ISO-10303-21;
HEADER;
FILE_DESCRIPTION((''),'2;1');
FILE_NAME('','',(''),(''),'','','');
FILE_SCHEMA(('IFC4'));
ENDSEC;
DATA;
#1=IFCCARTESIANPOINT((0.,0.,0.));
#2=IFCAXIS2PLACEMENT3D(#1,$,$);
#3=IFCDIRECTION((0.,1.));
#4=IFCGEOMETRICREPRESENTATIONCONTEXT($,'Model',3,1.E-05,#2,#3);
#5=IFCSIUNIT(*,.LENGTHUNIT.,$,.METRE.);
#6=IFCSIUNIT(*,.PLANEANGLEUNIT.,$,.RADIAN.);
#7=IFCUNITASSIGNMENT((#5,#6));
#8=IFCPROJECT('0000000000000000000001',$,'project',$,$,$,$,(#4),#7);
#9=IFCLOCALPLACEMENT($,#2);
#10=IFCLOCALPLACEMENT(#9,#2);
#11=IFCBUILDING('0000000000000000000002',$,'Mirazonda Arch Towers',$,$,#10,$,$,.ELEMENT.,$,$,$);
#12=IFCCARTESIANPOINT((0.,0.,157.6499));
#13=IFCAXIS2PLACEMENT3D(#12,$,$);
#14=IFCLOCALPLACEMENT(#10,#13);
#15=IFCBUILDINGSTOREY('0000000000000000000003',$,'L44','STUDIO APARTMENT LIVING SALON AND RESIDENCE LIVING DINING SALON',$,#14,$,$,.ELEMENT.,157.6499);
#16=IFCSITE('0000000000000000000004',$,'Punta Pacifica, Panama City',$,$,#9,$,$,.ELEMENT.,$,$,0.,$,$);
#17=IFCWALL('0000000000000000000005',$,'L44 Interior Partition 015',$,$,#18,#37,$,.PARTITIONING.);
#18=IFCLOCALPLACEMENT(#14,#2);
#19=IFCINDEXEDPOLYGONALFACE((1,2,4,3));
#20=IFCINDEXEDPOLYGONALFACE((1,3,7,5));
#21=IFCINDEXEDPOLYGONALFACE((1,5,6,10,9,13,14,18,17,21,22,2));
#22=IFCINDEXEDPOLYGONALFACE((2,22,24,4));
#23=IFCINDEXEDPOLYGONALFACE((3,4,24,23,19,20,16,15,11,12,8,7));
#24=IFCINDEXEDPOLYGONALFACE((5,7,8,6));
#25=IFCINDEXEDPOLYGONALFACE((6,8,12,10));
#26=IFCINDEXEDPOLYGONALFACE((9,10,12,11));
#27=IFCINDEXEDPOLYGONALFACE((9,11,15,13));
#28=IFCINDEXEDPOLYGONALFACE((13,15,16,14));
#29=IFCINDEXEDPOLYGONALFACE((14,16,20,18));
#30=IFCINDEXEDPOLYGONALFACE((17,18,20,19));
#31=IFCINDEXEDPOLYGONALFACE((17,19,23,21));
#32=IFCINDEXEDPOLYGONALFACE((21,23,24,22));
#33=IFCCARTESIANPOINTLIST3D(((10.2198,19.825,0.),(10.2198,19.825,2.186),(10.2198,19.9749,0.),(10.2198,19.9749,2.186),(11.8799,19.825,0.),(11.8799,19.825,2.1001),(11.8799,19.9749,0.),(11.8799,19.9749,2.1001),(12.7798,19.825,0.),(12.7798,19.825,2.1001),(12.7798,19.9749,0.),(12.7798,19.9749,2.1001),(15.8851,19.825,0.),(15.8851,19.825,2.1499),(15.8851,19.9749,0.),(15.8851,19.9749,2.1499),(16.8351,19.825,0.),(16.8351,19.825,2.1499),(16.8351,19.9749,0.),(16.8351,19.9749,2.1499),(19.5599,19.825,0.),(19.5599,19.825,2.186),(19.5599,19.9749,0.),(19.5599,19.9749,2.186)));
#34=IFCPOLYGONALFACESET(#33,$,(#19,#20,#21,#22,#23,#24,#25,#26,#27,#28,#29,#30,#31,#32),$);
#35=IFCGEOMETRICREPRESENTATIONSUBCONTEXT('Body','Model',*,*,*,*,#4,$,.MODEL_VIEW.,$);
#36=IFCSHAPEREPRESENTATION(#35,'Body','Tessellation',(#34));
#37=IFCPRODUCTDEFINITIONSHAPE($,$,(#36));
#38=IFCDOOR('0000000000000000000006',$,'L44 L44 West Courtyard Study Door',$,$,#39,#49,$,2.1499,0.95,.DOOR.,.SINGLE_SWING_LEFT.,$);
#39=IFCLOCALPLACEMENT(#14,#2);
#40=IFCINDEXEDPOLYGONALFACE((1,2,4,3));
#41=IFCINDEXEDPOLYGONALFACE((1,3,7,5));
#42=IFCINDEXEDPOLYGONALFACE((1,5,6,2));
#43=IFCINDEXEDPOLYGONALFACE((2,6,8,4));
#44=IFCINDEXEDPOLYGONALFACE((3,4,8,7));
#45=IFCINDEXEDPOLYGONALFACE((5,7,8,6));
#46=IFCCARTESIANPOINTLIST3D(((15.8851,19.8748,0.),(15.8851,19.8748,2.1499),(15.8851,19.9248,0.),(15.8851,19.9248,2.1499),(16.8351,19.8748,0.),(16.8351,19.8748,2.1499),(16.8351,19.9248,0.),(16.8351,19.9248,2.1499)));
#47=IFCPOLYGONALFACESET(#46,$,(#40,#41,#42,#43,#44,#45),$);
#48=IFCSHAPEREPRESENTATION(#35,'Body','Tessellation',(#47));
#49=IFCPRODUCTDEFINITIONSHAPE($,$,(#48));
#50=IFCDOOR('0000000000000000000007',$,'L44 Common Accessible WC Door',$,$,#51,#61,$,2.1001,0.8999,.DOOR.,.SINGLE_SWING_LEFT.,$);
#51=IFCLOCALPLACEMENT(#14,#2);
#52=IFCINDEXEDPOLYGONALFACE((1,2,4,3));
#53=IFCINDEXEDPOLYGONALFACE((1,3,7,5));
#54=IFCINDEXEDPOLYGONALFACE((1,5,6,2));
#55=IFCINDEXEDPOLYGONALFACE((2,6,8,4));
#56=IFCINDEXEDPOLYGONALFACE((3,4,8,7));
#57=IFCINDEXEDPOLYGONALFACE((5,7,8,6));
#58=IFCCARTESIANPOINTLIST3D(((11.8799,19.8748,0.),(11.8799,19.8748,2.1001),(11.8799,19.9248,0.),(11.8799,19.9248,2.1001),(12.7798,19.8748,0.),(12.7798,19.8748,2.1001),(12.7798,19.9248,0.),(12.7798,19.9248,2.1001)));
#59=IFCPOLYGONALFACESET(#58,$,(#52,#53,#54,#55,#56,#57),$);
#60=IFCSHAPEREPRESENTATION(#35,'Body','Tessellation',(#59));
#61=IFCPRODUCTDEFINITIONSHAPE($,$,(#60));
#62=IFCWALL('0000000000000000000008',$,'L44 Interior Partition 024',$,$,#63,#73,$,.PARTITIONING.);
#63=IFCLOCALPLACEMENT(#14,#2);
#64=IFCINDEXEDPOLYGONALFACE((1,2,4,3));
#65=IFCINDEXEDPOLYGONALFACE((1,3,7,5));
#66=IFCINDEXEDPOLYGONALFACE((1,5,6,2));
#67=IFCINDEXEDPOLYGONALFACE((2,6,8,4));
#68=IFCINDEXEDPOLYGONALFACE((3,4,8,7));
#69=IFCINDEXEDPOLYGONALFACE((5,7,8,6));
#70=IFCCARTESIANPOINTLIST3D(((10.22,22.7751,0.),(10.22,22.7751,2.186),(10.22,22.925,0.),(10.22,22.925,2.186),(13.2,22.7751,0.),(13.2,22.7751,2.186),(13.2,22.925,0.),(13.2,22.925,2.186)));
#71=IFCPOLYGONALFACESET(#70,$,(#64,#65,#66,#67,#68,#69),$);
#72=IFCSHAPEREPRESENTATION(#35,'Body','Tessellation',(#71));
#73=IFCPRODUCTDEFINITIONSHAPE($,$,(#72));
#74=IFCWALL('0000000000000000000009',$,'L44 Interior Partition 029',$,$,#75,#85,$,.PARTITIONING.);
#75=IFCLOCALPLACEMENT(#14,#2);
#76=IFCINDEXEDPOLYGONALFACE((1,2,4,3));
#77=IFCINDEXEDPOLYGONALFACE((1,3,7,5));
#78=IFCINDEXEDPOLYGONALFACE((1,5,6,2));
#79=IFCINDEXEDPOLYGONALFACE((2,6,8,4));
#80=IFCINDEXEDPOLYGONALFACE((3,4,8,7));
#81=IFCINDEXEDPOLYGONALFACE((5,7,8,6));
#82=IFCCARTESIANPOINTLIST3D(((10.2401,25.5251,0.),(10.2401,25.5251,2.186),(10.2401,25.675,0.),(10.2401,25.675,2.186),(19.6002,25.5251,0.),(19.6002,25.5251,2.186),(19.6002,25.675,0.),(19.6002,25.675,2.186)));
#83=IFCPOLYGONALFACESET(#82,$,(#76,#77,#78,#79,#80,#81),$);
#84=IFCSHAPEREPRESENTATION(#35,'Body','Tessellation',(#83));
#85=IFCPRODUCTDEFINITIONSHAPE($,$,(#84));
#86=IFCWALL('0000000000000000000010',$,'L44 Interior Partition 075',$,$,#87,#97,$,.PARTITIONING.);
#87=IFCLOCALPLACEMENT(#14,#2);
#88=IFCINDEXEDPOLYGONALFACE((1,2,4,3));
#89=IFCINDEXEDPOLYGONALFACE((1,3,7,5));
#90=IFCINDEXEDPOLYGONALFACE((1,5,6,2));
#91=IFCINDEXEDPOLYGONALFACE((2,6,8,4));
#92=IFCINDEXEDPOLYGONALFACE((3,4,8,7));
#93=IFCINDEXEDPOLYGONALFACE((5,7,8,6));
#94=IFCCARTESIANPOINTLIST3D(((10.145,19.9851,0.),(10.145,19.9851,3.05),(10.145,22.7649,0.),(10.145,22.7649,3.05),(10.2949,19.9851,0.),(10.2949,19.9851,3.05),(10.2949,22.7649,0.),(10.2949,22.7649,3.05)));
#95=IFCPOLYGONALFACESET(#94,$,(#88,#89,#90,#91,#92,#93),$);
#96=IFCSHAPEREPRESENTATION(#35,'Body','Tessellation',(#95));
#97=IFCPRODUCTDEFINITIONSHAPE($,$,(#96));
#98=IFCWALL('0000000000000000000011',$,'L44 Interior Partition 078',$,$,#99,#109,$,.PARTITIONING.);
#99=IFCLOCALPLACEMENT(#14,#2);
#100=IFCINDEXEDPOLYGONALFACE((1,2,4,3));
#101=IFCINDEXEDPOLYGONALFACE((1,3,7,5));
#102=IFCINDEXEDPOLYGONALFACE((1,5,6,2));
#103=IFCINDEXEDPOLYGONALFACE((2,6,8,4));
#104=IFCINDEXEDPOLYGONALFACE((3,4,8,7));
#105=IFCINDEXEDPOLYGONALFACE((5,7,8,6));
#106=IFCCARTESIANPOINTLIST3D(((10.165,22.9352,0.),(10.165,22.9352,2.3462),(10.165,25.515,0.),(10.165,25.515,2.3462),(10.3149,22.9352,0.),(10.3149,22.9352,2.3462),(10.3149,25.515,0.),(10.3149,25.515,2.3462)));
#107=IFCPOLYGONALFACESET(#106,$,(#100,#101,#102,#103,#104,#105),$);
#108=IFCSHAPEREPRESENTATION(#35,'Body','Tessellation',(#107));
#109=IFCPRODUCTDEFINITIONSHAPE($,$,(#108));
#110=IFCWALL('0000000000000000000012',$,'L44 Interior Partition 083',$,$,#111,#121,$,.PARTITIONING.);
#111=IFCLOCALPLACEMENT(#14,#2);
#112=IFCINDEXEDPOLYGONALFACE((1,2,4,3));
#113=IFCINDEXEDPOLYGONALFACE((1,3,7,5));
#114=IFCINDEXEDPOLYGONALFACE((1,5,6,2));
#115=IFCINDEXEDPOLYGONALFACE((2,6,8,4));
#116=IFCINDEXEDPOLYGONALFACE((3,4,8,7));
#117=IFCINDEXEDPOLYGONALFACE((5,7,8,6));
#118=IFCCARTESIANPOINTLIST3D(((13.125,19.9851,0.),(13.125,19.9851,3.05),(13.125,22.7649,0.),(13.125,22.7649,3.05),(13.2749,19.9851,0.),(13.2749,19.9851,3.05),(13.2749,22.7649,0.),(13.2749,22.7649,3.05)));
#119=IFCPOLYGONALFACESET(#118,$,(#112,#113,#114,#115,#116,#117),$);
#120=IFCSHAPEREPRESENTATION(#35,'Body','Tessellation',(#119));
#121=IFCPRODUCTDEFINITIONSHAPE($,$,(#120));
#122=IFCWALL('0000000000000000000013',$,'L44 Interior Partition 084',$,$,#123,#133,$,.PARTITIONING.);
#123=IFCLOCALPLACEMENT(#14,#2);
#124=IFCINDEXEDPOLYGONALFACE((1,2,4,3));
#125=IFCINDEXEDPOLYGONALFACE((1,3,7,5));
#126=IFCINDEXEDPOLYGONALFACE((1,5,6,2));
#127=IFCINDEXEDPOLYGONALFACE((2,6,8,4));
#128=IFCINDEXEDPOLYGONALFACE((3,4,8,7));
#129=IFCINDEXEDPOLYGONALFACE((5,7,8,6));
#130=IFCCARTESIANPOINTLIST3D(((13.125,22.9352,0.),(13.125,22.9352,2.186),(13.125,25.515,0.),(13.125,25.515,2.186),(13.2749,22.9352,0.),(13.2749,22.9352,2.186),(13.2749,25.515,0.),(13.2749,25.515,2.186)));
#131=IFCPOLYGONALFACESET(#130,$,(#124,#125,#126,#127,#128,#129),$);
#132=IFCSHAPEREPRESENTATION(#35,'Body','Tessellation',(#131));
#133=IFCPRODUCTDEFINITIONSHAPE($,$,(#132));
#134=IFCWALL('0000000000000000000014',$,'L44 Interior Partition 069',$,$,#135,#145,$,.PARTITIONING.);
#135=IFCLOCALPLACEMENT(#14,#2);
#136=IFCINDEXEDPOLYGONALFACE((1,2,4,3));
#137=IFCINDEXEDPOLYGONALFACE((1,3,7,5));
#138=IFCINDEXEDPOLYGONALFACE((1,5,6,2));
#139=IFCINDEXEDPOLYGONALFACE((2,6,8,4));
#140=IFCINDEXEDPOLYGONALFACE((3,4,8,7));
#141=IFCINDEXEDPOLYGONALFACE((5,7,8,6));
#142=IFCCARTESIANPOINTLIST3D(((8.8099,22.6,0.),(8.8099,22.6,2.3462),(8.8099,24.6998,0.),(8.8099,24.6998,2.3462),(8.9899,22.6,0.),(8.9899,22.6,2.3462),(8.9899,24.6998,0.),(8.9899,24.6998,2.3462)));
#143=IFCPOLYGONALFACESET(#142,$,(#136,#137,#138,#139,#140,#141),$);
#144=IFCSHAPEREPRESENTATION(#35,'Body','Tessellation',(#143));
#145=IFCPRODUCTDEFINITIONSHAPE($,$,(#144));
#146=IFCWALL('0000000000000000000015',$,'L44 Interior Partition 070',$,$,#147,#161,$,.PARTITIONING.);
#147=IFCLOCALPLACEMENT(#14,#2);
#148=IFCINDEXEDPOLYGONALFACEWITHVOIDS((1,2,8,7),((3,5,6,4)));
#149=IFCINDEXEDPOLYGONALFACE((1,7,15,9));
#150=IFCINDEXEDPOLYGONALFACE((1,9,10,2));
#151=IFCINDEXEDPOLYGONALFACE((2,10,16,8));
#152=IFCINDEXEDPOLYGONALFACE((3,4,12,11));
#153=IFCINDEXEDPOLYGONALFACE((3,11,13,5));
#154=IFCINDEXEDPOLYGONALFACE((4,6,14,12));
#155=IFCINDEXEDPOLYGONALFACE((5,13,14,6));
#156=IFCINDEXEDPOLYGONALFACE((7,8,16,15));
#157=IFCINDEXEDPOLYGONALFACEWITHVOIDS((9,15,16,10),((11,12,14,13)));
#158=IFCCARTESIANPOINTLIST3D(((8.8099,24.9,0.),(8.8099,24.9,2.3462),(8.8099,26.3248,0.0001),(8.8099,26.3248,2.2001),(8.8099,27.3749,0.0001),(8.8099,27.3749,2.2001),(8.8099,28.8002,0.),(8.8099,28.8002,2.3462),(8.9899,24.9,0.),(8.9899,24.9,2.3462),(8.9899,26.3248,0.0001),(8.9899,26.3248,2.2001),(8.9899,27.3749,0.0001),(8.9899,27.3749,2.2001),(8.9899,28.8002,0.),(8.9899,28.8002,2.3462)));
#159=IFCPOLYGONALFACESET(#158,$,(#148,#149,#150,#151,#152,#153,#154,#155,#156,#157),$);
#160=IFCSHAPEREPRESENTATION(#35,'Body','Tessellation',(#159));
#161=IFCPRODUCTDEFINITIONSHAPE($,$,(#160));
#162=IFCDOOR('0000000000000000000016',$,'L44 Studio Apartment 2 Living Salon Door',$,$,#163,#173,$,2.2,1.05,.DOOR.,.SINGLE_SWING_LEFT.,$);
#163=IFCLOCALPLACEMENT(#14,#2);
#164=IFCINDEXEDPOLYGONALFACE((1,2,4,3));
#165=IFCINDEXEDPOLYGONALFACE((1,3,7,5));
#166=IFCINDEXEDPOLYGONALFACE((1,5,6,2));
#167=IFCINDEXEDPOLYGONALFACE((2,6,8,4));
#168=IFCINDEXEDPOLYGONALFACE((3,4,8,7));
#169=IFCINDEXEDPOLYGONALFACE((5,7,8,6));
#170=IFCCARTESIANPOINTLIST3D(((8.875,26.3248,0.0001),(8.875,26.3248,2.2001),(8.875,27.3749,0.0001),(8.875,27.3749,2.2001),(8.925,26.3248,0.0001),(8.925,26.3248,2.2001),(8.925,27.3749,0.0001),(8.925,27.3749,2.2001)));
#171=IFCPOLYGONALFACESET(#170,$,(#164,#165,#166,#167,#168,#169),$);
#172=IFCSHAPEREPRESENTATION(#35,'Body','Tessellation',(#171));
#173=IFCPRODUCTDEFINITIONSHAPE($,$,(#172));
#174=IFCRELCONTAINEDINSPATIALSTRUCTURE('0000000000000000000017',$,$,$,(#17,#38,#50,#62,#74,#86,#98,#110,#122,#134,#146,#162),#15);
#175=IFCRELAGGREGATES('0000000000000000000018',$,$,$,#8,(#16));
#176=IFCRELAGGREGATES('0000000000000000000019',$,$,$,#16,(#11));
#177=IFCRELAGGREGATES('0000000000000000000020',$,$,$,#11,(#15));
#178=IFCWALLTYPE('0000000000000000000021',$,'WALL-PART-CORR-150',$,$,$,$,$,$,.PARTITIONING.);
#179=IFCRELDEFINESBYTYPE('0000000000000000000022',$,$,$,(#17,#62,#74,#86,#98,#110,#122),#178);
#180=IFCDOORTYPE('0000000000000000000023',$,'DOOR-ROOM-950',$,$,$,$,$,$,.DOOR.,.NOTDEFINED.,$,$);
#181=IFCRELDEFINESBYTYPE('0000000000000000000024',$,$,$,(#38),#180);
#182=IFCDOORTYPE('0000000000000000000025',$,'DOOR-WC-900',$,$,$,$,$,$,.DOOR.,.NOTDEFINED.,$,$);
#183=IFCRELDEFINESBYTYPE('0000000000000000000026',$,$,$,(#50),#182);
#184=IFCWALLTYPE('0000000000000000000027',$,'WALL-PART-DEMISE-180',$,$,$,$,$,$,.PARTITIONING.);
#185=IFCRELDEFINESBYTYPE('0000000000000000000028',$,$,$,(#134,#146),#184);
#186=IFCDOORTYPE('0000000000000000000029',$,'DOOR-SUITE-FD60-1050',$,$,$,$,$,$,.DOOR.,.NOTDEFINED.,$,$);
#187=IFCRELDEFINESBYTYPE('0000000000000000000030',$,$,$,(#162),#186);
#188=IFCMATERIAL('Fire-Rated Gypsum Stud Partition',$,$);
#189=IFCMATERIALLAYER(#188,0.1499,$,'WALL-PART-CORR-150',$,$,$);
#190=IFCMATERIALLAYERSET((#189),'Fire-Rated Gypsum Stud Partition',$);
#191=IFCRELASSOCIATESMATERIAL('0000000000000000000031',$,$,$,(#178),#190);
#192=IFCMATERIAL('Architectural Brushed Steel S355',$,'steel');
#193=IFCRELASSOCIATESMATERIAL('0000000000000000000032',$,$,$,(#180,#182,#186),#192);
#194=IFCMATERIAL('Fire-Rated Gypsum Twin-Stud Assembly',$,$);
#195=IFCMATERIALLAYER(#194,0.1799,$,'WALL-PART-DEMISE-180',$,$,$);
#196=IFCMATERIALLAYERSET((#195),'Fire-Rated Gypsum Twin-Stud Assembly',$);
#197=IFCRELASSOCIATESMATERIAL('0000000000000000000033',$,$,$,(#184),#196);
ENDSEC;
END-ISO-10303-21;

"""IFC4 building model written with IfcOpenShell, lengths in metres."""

from ifc_helpers import new_model, si_unit, direction, frame, frame_2d, origin, place, context, subcontext, project, spatial, rectangle, extrude, material, layer, layer_set, type_object, element, fill, save


model = new_model("IFC4")

# Units and contexts
model_context = context("Model", 3, precision=1e-05, world=origin(), true_north=direction((0.0, 1.0)))
body_context = subcontext(model_context, "Body", "Model", "MODEL_VIEW")
ifc_project = project(units=[si_unit("LENGTHUNIT", "METRE"), si_unit("PLANEANGLEUNIT", "RADIAN")], contexts=[model_context])

# Site, building, storey
site_placement = place(None, origin())
site = spatial("IfcSite", under=ifc_project, at=site_placement, Name="Punta Pacifica, Panama City", CompositionType="ELEMENT", RefElevation=0.0)
building_placement = place(site_placement, origin())
building = spatial("IfcBuilding", under=site, at=building_placement, Name="Mirazonda Arch Towers", CompositionType="ELEMENT")
storey_placement = place(building_placement, frame((0.0, 0.0, 157.6499)))
storey = spatial("IfcBuildingStorey", under=building, at=storey_placement, Name="L44", Description="STUDIO APARTMENT LIVING SALON AND RESIDENCE LIVING DINING SALON", CompositionType="ELEMENT", Elevation=157.6499)

# Shared definitions
ifc_material_1 = material(Name="Architectural Brushed Steel S355", Category="steel")

# Shared definitions
ifc_material_2 = material(Name="Fire-Rated Gypsum Stud Partition")
ifc_layer_1 = layer(ifc_material_2, 0.1499, Name="WALL-PART-CORR-150")
ifc_layer_set_1 = layer_set([ifc_layer_1], Name="Fire-Rated Gypsum Stud Partition")
wall_type_1 = type_object("IfcWallType", Name="WALL-PART-CORR-150", PredefinedType="PARTITIONING", material=ifc_layer_set_1)

# Wall, openings, doors
wall_1_placement = place(storey_placement, frame((10.22, 19.8999, 0.0), z_axis=(0.0, 0.0, 1.0), x_axis=(1.0, 0.0, 0.0)))
wall_1 = element("IfcWall", 1, at=wall_1_placement, inside=storey, type_object=wall_type_1, Name="L44 Interior Partition 015", PredefinedType="PARTITIONING", context=body_context, shape_type="SweptSolid", body=[
    extrude(rectangle(XDim=9.3401, YDim=0.1499, at=frame_2d((4.6699, 0.0))), origin(), (0.0, 0.0, 1.0), 2.186),
])
opening_1_placement = place(wall_1_placement, frame((1.6599, 0.0, 0.0)))
opening_1 = element("IfcOpeningElement", 2, at=opening_1_placement, cuts=wall_1, PredefinedType="OPENING", context=body_context, shape_type="SweptSolid", body=[
    extrude(rectangle(XDim=0.8999, YDim=2.1001, at=frame_2d((0.45, 1.05))), frame((0.0, 0.085, 0.0), z_axis=(0.0, -1.0, 0.0), x_axis=(1.0, 0.0, 0.0)), (0.0, 0.0, 1.0), 0.1699),
])
opening_2_placement = place(wall_1_placement, frame((5.665, 0.0, 0.0)))
opening_2 = element("IfcOpeningElement", 3, at=opening_2_placement, cuts=wall_1, PredefinedType="OPENING", context=body_context, shape_type="SweptSolid", body=[
    extrude(rectangle(XDim=0.95, YDim=2.1499, at=frame_2d((0.4751, 1.075))), frame((0.0, 0.085, 0.0), z_axis=(0.0, -1.0, 0.0), x_axis=(1.0, 0.0, 0.0)), (0.0, 0.0, 1.0), 0.1699),
])
door_type_1 = type_object("IfcDoorType", Name="DOOR-ROOM-950", OperationType="NOTDEFINED", PredefinedType="DOOR", material=ifc_material_1)
door_1_placement = place(opening_2_placement, origin())
door_1 = element("IfcDoor", 4, at=door_1_placement, inside=storey, type_object=door_type_1, Name="L44 L44 West Courtyard Study Door", OperationType="SINGLE_SWING_LEFT", OverallHeight=2.1499, OverallWidth=0.95, PredefinedType="DOOR", context=body_context, shape_type="SweptSolid", body=[
    extrude(rectangle(XDim=0.95, YDim=2.1499, at=frame_2d((0.4751, 1.075))), frame((0.0, 0.0249, 0.0), z_axis=(0.0, -1.0, 0.0), x_axis=(1.0, 0.0, 0.0)), (0.0, 0.0, 1.0), 0.05),
])
fill(opening_2, door_1)
door_type_2 = type_object("IfcDoorType", Name="DOOR-WC-900", OperationType="NOTDEFINED", PredefinedType="DOOR", material=ifc_material_1)
door_2_placement = place(opening_1_placement, origin())
door_2 = element("IfcDoor", 5, at=door_2_placement, inside=storey, type_object=door_type_2, Name="L44 Common Accessible WC Door", OperationType="SINGLE_SWING_LEFT", OverallHeight=2.1001, OverallWidth=0.8999, PredefinedType="DOOR", context=body_context, shape_type="SweptSolid", body=[
    extrude(rectangle(XDim=0.8999, YDim=2.1001, at=frame_2d((0.45, 1.05))), frame((0.0, 0.0249, 0.0), z_axis=(0.0, -1.0, 0.0), x_axis=(1.0, 0.0, 0.0)), (0.0, 0.0, 1.0), 0.05),
])
fill(opening_1, door_2)

# Walls
wall_2_placement = place(storey_placement, frame((10.22, 22.8501, 0.0), z_axis=(0.0, 0.0, 1.0), x_axis=(1.0, 0.0, 0.0)))
element("IfcWall", 6, at=wall_2_placement, inside=storey, type_object=wall_type_1, Name="L44 Interior Partition 024", PredefinedType="PARTITIONING", context=body_context, shape_type="SweptSolid", body=[
    extrude(rectangle(XDim=2.98, YDim=0.1499, at=frame_2d((1.49, 0.0))), origin(), (0.0, 0.0, 1.0), 2.186),
])
wall_3_placement = place(storey_placement, frame((10.24, 25.6001, 0.0), z_axis=(0.0, 0.0, 1.0), x_axis=(1.0, 0.0, 0.0)))
element("IfcWall", 7, at=wall_3_placement, inside=storey, type_object=wall_type_1, Name="L44 Interior Partition 029", PredefinedType="PARTITIONING", context=body_context, shape_type="SweptSolid", body=[
    extrude(rectangle(XDim=9.3601, YDim=0.1499, at=frame_2d((4.6802, 0.0))), origin(), (0.0, 0.0, 1.0), 2.186),
])
wall_4_placement = place(storey_placement, frame((10.22, 19.9851, 0.0), z_axis=(0.0, 0.0, 1.0), x_axis=(0.0, 1.0, 0.0)))
element("IfcWall", 8, at=wall_4_placement, inside=storey, type_object=wall_type_1, Name="L44 Interior Partition 075", PredefinedType="PARTITIONING", context=body_context, shape_type="SweptSolid", body=[
    extrude(rectangle(XDim=2.7798, YDim=0.1499, at=frame_2d((1.3899, 0.0))), origin(), (0.0, 0.0, 1.0), 3.05),
])
wall_5_placement = place(storey_placement, frame((10.24, 22.9351, 0.0), z_axis=(0.0, 0.0, 1.0), x_axis=(0.0, 1.0, 0.0)))
element("IfcWall", 9, at=wall_5_placement, inside=storey, type_object=wall_type_1, Name="L44 Interior Partition 078", PredefinedType="PARTITIONING", context=body_context, shape_type="SweptSolid", body=[
    extrude(rectangle(XDim=2.5798, YDim=0.1499, at=frame_2d((1.29, 0.0))), origin(), (0.0, 0.0, 1.0), 2.3462),
])
wall_6_placement = place(storey_placement, frame((13.2, 19.9851, 0.0), z_axis=(0.0, 0.0, 1.0), x_axis=(0.0, 1.0, 0.0)))
element("IfcWall", 10, at=wall_6_placement, inside=storey, type_object=wall_type_1, Name="L44 Interior Partition 083", PredefinedType="PARTITIONING", context=body_context, shape_type="SweptSolid", body=[
    extrude(rectangle(XDim=2.7798, YDim=0.1499, at=frame_2d((1.3899, 0.0))), origin(), (0.0, 0.0, 1.0), 3.05),
])
wall_7_placement = place(storey_placement, frame((13.2, 22.9351, 0.0), z_axis=(0.0, 0.0, 1.0), x_axis=(0.0, 1.0, 0.0)))
element("IfcWall", 11, at=wall_7_placement, inside=storey, type_object=wall_type_1, Name="L44 Interior Partition 084", PredefinedType="PARTITIONING", context=body_context, shape_type="SweptSolid", body=[
    extrude(rectangle(XDim=2.5798, YDim=0.1499, at=frame_2d((1.29, 0.0))), origin(), (0.0, 0.0, 1.0), 2.186),
])
ifc_material_3 = material(Name="Fire-Rated Gypsum Twin-Stud Assembly")
ifc_layer_2 = layer(ifc_material_3, 0.1799, Name="WALL-PART-DEMISE-180")
ifc_layer_set_2 = layer_set([ifc_layer_2], Name="Fire-Rated Gypsum Twin-Stud Assembly")
wall_type_2 = type_object("IfcWallType", Name="WALL-PART-DEMISE-180", PredefinedType="PARTITIONING", material=ifc_layer_set_2)
wall_8_placement = place(storey_placement, frame((8.8999, 22.6001, 0.0), z_axis=(0.0, 0.0, 1.0), x_axis=(0.0, 1.0, 0.0)))
element("IfcWall", 12, at=wall_8_placement, inside=storey, type_object=wall_type_2, Name="L44 Interior Partition 069", PredefinedType="PARTITIONING", context=body_context, shape_type="SweptSolid", body=[
    extrude(rectangle(XDim=2.0999, YDim=0.1799, at=frame_2d((1.0498, 0.0))), origin(), (0.0, 0.0, 1.0), 2.3462),
])

# Wall, opening, door
wall_9_placement = place(storey_placement, frame((8.8999, 24.8999, 0.0), z_axis=(0.0, 0.0, 1.0), x_axis=(0.0, 1.0, 0.0)))
wall_9 = element("IfcWall", 13, at=wall_9_placement, inside=storey, type_object=wall_type_2, Name="L44 Interior Partition 070", PredefinedType="PARTITIONING", context=body_context, shape_type="SweptSolid", body=[
    extrude(rectangle(XDim=3.9001, YDim=0.1799, at=frame_2d((1.9502, 0.0))), origin(), (0.0, 0.0, 1.0), 2.3462),
])
opening_3_placement = place(wall_9_placement, frame((1.425, 0.0, 0.0)))
opening_3 = element("IfcOpeningElement", 14, at=opening_3_placement, cuts=wall_9, PredefinedType="OPENING", context=body_context, shape_type="SweptSolid", body=[
    extrude(rectangle(XDim=1.05, YDim=2.2, at=frame_2d((0.5249, 1.1001))), frame((0.0, 0.0999, 0.0), z_axis=(0.0, -1.0, 0.0), x_axis=(1.0, 0.0, 0.0)), (0.0, 0.0, 1.0), 0.2),
])
door_type_3 = type_object("IfcDoorType", Name="DOOR-SUITE-FD60-1050", OperationType="NOTDEFINED", PredefinedType="DOOR", material=ifc_material_1)
door_3_placement = place(opening_3_placement, origin())
door_3 = element("IfcDoor", 15, at=door_3_placement, inside=storey, type_object=door_type_3, Name="L44 Studio Apartment 2 Living Salon Door", OperationType="SINGLE_SWING_LEFT", OverallHeight=2.2, OverallWidth=1.05, PredefinedType="DOOR", context=body_context, shape_type="SweptSolid", body=[
    extrude(rectangle(XDim=1.05, YDim=2.2, at=frame_2d((0.5249, 1.1001))), frame((0.0, 0.0249, 0.0), z_axis=(0.0, -1.0, 0.0), x_axis=(1.0, 0.0, 0.0)), (0.0, 0.0, 1.0), 0.05),
])
fill(opening_3, door_3)

save(model, "model.ifc")
